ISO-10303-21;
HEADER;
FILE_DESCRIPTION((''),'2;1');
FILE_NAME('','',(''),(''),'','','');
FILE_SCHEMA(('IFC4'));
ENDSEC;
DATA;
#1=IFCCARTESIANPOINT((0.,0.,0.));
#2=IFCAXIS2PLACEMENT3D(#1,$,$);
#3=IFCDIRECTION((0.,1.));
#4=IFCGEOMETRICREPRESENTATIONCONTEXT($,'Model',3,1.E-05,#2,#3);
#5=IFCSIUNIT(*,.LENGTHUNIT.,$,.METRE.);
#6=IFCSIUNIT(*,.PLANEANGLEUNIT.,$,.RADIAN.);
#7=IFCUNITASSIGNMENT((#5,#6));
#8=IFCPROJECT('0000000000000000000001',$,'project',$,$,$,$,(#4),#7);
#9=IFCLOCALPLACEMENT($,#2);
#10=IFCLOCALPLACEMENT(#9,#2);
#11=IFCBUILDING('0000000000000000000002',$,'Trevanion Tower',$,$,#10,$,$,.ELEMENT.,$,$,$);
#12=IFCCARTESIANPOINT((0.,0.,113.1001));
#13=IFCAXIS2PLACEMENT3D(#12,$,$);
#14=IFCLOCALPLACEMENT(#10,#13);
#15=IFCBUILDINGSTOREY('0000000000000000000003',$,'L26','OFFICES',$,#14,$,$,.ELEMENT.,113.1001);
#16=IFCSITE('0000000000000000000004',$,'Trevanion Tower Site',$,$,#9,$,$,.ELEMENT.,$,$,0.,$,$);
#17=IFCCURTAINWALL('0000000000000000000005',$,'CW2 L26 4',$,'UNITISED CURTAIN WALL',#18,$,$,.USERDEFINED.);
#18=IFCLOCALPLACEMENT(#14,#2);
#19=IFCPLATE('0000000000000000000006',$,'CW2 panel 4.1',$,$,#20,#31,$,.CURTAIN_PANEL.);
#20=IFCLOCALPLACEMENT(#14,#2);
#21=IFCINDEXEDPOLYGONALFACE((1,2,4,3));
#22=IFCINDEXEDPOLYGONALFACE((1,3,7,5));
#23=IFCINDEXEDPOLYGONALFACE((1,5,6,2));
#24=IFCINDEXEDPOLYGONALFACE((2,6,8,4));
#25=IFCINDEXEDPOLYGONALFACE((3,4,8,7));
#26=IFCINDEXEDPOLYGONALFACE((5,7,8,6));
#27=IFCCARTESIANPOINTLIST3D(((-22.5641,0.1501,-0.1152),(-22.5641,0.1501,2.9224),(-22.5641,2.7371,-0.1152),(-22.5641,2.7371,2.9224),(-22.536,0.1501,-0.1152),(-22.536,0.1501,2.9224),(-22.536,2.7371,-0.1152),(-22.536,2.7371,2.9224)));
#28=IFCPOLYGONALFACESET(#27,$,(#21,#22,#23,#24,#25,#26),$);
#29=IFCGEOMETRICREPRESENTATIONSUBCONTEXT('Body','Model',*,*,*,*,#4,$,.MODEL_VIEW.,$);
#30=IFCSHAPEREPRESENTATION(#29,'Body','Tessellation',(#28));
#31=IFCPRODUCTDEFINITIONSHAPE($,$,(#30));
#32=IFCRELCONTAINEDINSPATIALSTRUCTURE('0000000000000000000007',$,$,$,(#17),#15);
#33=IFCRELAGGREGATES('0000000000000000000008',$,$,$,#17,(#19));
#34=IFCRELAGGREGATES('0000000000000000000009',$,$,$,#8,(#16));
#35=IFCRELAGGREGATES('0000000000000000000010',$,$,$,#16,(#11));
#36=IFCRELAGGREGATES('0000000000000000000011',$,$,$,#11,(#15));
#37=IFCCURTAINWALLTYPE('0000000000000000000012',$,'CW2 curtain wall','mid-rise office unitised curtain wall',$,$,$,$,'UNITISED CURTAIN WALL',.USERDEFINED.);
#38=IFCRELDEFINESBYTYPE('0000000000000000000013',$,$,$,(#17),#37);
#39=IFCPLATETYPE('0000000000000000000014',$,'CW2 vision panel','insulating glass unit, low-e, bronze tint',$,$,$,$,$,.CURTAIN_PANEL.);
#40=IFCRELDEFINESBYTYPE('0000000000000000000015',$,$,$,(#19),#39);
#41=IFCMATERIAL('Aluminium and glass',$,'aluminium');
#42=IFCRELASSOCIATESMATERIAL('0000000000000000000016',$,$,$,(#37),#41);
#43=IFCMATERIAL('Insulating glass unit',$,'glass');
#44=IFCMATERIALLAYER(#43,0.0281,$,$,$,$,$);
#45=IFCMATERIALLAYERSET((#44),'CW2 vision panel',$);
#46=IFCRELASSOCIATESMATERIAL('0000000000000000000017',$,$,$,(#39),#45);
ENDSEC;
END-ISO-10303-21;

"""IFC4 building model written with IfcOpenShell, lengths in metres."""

from ifc_helpers import new_model, si_unit, direction, frame, origin, origin_2d, place, context, subcontext, project, spatial, rectangle, extrude, material, layer, layer_set, type_object, element, aggregate, save


model = new_model("IFC4")

# Units and contexts
model_context = context("Model", 3, precision=1e-05, world=origin(), true_north=direction((0.0, 1.0)))
body_context = subcontext(model_context, "Body", "Model", "MODEL_VIEW")
ifc_project = project(units=[si_unit("LENGTHUNIT", "METRE"), si_unit("PLANEANGLEUNIT", "RADIAN")], contexts=[model_context])

# Site, building, storey
site_placement = place(None, origin())
site = spatial("IfcSite", under=ifc_project, at=site_placement, Name="Trevanion Tower Site", CompositionType="ELEMENT", RefElevation=0.0)
building_placement = place(site_placement, origin())
building = spatial("IfcBuilding", under=site, at=building_placement, Name="Trevanion Tower", CompositionType="ELEMENT")
storey_placement = place(building_placement, frame((0.0, 0.0, 113.1001)))
storey = spatial("IfcBuildingStorey", under=building, at=storey_placement, Name="L26", Description="OFFICES", CompositionType="ELEMENT", Elevation=113.1001)

# Curtain wall, plate
ifc_material_1 = material(Name="Aluminium and glass", Category="aluminium")
curtain_wall_type = type_object("IfcCurtainWallType", Name="CW2 curtain wall", Description="mid-rise office unitised curtain wall", ElementType="UNITISED CURTAIN WALL", PredefinedType="USERDEFINED", material=ifc_material_1)
curtain_wall_placement = place(storey_placement, origin())
curtain_wall = element("IfcCurtainWall", 1, at=curtain_wall_placement, inside=storey, type_object=curtain_wall_type, Name="CW2 L26 4", ObjectType="UNITISED CURTAIN WALL", PredefinedType="USERDEFINED")
ifc_material_2 = material(Name="Insulating glass unit", Category="glass")
ifc_layer_1 = layer(ifc_material_2, 0.0281)
ifc_layer_set_1 = layer_set([ifc_layer_1], Name="CW2 vision panel")
plate_type_1 = type_object("IfcPlateType", Name="CW2 vision panel", Description="insulating glass unit, low-e, bronze tint", PredefinedType="CURTAIN_PANEL", material=ifc_layer_set_1)
plate_1_placement = place(storey_placement, frame((-22.55, 1.4436, -0.1152), z_axis=(0.0, 0.0, 1.0), x_axis=(0.0, -1.0, 0.0)))
plate_1 = element("IfcPlate", 2, at=plate_1_placement, type_object=plate_type_1, Name="CW2 panel 4.1", PredefinedType="CURTAIN_PANEL", context=body_context, shape_type="SweptSolid", body=[
    extrude(rectangle(XDim=2.5869, YDim=0.0281, at=origin_2d()), origin(), (0.0, 0.0, 1.0), 3.0376),
])
aggregate(curtain_wall, [plate_1])

save(model, "model.ifc")
